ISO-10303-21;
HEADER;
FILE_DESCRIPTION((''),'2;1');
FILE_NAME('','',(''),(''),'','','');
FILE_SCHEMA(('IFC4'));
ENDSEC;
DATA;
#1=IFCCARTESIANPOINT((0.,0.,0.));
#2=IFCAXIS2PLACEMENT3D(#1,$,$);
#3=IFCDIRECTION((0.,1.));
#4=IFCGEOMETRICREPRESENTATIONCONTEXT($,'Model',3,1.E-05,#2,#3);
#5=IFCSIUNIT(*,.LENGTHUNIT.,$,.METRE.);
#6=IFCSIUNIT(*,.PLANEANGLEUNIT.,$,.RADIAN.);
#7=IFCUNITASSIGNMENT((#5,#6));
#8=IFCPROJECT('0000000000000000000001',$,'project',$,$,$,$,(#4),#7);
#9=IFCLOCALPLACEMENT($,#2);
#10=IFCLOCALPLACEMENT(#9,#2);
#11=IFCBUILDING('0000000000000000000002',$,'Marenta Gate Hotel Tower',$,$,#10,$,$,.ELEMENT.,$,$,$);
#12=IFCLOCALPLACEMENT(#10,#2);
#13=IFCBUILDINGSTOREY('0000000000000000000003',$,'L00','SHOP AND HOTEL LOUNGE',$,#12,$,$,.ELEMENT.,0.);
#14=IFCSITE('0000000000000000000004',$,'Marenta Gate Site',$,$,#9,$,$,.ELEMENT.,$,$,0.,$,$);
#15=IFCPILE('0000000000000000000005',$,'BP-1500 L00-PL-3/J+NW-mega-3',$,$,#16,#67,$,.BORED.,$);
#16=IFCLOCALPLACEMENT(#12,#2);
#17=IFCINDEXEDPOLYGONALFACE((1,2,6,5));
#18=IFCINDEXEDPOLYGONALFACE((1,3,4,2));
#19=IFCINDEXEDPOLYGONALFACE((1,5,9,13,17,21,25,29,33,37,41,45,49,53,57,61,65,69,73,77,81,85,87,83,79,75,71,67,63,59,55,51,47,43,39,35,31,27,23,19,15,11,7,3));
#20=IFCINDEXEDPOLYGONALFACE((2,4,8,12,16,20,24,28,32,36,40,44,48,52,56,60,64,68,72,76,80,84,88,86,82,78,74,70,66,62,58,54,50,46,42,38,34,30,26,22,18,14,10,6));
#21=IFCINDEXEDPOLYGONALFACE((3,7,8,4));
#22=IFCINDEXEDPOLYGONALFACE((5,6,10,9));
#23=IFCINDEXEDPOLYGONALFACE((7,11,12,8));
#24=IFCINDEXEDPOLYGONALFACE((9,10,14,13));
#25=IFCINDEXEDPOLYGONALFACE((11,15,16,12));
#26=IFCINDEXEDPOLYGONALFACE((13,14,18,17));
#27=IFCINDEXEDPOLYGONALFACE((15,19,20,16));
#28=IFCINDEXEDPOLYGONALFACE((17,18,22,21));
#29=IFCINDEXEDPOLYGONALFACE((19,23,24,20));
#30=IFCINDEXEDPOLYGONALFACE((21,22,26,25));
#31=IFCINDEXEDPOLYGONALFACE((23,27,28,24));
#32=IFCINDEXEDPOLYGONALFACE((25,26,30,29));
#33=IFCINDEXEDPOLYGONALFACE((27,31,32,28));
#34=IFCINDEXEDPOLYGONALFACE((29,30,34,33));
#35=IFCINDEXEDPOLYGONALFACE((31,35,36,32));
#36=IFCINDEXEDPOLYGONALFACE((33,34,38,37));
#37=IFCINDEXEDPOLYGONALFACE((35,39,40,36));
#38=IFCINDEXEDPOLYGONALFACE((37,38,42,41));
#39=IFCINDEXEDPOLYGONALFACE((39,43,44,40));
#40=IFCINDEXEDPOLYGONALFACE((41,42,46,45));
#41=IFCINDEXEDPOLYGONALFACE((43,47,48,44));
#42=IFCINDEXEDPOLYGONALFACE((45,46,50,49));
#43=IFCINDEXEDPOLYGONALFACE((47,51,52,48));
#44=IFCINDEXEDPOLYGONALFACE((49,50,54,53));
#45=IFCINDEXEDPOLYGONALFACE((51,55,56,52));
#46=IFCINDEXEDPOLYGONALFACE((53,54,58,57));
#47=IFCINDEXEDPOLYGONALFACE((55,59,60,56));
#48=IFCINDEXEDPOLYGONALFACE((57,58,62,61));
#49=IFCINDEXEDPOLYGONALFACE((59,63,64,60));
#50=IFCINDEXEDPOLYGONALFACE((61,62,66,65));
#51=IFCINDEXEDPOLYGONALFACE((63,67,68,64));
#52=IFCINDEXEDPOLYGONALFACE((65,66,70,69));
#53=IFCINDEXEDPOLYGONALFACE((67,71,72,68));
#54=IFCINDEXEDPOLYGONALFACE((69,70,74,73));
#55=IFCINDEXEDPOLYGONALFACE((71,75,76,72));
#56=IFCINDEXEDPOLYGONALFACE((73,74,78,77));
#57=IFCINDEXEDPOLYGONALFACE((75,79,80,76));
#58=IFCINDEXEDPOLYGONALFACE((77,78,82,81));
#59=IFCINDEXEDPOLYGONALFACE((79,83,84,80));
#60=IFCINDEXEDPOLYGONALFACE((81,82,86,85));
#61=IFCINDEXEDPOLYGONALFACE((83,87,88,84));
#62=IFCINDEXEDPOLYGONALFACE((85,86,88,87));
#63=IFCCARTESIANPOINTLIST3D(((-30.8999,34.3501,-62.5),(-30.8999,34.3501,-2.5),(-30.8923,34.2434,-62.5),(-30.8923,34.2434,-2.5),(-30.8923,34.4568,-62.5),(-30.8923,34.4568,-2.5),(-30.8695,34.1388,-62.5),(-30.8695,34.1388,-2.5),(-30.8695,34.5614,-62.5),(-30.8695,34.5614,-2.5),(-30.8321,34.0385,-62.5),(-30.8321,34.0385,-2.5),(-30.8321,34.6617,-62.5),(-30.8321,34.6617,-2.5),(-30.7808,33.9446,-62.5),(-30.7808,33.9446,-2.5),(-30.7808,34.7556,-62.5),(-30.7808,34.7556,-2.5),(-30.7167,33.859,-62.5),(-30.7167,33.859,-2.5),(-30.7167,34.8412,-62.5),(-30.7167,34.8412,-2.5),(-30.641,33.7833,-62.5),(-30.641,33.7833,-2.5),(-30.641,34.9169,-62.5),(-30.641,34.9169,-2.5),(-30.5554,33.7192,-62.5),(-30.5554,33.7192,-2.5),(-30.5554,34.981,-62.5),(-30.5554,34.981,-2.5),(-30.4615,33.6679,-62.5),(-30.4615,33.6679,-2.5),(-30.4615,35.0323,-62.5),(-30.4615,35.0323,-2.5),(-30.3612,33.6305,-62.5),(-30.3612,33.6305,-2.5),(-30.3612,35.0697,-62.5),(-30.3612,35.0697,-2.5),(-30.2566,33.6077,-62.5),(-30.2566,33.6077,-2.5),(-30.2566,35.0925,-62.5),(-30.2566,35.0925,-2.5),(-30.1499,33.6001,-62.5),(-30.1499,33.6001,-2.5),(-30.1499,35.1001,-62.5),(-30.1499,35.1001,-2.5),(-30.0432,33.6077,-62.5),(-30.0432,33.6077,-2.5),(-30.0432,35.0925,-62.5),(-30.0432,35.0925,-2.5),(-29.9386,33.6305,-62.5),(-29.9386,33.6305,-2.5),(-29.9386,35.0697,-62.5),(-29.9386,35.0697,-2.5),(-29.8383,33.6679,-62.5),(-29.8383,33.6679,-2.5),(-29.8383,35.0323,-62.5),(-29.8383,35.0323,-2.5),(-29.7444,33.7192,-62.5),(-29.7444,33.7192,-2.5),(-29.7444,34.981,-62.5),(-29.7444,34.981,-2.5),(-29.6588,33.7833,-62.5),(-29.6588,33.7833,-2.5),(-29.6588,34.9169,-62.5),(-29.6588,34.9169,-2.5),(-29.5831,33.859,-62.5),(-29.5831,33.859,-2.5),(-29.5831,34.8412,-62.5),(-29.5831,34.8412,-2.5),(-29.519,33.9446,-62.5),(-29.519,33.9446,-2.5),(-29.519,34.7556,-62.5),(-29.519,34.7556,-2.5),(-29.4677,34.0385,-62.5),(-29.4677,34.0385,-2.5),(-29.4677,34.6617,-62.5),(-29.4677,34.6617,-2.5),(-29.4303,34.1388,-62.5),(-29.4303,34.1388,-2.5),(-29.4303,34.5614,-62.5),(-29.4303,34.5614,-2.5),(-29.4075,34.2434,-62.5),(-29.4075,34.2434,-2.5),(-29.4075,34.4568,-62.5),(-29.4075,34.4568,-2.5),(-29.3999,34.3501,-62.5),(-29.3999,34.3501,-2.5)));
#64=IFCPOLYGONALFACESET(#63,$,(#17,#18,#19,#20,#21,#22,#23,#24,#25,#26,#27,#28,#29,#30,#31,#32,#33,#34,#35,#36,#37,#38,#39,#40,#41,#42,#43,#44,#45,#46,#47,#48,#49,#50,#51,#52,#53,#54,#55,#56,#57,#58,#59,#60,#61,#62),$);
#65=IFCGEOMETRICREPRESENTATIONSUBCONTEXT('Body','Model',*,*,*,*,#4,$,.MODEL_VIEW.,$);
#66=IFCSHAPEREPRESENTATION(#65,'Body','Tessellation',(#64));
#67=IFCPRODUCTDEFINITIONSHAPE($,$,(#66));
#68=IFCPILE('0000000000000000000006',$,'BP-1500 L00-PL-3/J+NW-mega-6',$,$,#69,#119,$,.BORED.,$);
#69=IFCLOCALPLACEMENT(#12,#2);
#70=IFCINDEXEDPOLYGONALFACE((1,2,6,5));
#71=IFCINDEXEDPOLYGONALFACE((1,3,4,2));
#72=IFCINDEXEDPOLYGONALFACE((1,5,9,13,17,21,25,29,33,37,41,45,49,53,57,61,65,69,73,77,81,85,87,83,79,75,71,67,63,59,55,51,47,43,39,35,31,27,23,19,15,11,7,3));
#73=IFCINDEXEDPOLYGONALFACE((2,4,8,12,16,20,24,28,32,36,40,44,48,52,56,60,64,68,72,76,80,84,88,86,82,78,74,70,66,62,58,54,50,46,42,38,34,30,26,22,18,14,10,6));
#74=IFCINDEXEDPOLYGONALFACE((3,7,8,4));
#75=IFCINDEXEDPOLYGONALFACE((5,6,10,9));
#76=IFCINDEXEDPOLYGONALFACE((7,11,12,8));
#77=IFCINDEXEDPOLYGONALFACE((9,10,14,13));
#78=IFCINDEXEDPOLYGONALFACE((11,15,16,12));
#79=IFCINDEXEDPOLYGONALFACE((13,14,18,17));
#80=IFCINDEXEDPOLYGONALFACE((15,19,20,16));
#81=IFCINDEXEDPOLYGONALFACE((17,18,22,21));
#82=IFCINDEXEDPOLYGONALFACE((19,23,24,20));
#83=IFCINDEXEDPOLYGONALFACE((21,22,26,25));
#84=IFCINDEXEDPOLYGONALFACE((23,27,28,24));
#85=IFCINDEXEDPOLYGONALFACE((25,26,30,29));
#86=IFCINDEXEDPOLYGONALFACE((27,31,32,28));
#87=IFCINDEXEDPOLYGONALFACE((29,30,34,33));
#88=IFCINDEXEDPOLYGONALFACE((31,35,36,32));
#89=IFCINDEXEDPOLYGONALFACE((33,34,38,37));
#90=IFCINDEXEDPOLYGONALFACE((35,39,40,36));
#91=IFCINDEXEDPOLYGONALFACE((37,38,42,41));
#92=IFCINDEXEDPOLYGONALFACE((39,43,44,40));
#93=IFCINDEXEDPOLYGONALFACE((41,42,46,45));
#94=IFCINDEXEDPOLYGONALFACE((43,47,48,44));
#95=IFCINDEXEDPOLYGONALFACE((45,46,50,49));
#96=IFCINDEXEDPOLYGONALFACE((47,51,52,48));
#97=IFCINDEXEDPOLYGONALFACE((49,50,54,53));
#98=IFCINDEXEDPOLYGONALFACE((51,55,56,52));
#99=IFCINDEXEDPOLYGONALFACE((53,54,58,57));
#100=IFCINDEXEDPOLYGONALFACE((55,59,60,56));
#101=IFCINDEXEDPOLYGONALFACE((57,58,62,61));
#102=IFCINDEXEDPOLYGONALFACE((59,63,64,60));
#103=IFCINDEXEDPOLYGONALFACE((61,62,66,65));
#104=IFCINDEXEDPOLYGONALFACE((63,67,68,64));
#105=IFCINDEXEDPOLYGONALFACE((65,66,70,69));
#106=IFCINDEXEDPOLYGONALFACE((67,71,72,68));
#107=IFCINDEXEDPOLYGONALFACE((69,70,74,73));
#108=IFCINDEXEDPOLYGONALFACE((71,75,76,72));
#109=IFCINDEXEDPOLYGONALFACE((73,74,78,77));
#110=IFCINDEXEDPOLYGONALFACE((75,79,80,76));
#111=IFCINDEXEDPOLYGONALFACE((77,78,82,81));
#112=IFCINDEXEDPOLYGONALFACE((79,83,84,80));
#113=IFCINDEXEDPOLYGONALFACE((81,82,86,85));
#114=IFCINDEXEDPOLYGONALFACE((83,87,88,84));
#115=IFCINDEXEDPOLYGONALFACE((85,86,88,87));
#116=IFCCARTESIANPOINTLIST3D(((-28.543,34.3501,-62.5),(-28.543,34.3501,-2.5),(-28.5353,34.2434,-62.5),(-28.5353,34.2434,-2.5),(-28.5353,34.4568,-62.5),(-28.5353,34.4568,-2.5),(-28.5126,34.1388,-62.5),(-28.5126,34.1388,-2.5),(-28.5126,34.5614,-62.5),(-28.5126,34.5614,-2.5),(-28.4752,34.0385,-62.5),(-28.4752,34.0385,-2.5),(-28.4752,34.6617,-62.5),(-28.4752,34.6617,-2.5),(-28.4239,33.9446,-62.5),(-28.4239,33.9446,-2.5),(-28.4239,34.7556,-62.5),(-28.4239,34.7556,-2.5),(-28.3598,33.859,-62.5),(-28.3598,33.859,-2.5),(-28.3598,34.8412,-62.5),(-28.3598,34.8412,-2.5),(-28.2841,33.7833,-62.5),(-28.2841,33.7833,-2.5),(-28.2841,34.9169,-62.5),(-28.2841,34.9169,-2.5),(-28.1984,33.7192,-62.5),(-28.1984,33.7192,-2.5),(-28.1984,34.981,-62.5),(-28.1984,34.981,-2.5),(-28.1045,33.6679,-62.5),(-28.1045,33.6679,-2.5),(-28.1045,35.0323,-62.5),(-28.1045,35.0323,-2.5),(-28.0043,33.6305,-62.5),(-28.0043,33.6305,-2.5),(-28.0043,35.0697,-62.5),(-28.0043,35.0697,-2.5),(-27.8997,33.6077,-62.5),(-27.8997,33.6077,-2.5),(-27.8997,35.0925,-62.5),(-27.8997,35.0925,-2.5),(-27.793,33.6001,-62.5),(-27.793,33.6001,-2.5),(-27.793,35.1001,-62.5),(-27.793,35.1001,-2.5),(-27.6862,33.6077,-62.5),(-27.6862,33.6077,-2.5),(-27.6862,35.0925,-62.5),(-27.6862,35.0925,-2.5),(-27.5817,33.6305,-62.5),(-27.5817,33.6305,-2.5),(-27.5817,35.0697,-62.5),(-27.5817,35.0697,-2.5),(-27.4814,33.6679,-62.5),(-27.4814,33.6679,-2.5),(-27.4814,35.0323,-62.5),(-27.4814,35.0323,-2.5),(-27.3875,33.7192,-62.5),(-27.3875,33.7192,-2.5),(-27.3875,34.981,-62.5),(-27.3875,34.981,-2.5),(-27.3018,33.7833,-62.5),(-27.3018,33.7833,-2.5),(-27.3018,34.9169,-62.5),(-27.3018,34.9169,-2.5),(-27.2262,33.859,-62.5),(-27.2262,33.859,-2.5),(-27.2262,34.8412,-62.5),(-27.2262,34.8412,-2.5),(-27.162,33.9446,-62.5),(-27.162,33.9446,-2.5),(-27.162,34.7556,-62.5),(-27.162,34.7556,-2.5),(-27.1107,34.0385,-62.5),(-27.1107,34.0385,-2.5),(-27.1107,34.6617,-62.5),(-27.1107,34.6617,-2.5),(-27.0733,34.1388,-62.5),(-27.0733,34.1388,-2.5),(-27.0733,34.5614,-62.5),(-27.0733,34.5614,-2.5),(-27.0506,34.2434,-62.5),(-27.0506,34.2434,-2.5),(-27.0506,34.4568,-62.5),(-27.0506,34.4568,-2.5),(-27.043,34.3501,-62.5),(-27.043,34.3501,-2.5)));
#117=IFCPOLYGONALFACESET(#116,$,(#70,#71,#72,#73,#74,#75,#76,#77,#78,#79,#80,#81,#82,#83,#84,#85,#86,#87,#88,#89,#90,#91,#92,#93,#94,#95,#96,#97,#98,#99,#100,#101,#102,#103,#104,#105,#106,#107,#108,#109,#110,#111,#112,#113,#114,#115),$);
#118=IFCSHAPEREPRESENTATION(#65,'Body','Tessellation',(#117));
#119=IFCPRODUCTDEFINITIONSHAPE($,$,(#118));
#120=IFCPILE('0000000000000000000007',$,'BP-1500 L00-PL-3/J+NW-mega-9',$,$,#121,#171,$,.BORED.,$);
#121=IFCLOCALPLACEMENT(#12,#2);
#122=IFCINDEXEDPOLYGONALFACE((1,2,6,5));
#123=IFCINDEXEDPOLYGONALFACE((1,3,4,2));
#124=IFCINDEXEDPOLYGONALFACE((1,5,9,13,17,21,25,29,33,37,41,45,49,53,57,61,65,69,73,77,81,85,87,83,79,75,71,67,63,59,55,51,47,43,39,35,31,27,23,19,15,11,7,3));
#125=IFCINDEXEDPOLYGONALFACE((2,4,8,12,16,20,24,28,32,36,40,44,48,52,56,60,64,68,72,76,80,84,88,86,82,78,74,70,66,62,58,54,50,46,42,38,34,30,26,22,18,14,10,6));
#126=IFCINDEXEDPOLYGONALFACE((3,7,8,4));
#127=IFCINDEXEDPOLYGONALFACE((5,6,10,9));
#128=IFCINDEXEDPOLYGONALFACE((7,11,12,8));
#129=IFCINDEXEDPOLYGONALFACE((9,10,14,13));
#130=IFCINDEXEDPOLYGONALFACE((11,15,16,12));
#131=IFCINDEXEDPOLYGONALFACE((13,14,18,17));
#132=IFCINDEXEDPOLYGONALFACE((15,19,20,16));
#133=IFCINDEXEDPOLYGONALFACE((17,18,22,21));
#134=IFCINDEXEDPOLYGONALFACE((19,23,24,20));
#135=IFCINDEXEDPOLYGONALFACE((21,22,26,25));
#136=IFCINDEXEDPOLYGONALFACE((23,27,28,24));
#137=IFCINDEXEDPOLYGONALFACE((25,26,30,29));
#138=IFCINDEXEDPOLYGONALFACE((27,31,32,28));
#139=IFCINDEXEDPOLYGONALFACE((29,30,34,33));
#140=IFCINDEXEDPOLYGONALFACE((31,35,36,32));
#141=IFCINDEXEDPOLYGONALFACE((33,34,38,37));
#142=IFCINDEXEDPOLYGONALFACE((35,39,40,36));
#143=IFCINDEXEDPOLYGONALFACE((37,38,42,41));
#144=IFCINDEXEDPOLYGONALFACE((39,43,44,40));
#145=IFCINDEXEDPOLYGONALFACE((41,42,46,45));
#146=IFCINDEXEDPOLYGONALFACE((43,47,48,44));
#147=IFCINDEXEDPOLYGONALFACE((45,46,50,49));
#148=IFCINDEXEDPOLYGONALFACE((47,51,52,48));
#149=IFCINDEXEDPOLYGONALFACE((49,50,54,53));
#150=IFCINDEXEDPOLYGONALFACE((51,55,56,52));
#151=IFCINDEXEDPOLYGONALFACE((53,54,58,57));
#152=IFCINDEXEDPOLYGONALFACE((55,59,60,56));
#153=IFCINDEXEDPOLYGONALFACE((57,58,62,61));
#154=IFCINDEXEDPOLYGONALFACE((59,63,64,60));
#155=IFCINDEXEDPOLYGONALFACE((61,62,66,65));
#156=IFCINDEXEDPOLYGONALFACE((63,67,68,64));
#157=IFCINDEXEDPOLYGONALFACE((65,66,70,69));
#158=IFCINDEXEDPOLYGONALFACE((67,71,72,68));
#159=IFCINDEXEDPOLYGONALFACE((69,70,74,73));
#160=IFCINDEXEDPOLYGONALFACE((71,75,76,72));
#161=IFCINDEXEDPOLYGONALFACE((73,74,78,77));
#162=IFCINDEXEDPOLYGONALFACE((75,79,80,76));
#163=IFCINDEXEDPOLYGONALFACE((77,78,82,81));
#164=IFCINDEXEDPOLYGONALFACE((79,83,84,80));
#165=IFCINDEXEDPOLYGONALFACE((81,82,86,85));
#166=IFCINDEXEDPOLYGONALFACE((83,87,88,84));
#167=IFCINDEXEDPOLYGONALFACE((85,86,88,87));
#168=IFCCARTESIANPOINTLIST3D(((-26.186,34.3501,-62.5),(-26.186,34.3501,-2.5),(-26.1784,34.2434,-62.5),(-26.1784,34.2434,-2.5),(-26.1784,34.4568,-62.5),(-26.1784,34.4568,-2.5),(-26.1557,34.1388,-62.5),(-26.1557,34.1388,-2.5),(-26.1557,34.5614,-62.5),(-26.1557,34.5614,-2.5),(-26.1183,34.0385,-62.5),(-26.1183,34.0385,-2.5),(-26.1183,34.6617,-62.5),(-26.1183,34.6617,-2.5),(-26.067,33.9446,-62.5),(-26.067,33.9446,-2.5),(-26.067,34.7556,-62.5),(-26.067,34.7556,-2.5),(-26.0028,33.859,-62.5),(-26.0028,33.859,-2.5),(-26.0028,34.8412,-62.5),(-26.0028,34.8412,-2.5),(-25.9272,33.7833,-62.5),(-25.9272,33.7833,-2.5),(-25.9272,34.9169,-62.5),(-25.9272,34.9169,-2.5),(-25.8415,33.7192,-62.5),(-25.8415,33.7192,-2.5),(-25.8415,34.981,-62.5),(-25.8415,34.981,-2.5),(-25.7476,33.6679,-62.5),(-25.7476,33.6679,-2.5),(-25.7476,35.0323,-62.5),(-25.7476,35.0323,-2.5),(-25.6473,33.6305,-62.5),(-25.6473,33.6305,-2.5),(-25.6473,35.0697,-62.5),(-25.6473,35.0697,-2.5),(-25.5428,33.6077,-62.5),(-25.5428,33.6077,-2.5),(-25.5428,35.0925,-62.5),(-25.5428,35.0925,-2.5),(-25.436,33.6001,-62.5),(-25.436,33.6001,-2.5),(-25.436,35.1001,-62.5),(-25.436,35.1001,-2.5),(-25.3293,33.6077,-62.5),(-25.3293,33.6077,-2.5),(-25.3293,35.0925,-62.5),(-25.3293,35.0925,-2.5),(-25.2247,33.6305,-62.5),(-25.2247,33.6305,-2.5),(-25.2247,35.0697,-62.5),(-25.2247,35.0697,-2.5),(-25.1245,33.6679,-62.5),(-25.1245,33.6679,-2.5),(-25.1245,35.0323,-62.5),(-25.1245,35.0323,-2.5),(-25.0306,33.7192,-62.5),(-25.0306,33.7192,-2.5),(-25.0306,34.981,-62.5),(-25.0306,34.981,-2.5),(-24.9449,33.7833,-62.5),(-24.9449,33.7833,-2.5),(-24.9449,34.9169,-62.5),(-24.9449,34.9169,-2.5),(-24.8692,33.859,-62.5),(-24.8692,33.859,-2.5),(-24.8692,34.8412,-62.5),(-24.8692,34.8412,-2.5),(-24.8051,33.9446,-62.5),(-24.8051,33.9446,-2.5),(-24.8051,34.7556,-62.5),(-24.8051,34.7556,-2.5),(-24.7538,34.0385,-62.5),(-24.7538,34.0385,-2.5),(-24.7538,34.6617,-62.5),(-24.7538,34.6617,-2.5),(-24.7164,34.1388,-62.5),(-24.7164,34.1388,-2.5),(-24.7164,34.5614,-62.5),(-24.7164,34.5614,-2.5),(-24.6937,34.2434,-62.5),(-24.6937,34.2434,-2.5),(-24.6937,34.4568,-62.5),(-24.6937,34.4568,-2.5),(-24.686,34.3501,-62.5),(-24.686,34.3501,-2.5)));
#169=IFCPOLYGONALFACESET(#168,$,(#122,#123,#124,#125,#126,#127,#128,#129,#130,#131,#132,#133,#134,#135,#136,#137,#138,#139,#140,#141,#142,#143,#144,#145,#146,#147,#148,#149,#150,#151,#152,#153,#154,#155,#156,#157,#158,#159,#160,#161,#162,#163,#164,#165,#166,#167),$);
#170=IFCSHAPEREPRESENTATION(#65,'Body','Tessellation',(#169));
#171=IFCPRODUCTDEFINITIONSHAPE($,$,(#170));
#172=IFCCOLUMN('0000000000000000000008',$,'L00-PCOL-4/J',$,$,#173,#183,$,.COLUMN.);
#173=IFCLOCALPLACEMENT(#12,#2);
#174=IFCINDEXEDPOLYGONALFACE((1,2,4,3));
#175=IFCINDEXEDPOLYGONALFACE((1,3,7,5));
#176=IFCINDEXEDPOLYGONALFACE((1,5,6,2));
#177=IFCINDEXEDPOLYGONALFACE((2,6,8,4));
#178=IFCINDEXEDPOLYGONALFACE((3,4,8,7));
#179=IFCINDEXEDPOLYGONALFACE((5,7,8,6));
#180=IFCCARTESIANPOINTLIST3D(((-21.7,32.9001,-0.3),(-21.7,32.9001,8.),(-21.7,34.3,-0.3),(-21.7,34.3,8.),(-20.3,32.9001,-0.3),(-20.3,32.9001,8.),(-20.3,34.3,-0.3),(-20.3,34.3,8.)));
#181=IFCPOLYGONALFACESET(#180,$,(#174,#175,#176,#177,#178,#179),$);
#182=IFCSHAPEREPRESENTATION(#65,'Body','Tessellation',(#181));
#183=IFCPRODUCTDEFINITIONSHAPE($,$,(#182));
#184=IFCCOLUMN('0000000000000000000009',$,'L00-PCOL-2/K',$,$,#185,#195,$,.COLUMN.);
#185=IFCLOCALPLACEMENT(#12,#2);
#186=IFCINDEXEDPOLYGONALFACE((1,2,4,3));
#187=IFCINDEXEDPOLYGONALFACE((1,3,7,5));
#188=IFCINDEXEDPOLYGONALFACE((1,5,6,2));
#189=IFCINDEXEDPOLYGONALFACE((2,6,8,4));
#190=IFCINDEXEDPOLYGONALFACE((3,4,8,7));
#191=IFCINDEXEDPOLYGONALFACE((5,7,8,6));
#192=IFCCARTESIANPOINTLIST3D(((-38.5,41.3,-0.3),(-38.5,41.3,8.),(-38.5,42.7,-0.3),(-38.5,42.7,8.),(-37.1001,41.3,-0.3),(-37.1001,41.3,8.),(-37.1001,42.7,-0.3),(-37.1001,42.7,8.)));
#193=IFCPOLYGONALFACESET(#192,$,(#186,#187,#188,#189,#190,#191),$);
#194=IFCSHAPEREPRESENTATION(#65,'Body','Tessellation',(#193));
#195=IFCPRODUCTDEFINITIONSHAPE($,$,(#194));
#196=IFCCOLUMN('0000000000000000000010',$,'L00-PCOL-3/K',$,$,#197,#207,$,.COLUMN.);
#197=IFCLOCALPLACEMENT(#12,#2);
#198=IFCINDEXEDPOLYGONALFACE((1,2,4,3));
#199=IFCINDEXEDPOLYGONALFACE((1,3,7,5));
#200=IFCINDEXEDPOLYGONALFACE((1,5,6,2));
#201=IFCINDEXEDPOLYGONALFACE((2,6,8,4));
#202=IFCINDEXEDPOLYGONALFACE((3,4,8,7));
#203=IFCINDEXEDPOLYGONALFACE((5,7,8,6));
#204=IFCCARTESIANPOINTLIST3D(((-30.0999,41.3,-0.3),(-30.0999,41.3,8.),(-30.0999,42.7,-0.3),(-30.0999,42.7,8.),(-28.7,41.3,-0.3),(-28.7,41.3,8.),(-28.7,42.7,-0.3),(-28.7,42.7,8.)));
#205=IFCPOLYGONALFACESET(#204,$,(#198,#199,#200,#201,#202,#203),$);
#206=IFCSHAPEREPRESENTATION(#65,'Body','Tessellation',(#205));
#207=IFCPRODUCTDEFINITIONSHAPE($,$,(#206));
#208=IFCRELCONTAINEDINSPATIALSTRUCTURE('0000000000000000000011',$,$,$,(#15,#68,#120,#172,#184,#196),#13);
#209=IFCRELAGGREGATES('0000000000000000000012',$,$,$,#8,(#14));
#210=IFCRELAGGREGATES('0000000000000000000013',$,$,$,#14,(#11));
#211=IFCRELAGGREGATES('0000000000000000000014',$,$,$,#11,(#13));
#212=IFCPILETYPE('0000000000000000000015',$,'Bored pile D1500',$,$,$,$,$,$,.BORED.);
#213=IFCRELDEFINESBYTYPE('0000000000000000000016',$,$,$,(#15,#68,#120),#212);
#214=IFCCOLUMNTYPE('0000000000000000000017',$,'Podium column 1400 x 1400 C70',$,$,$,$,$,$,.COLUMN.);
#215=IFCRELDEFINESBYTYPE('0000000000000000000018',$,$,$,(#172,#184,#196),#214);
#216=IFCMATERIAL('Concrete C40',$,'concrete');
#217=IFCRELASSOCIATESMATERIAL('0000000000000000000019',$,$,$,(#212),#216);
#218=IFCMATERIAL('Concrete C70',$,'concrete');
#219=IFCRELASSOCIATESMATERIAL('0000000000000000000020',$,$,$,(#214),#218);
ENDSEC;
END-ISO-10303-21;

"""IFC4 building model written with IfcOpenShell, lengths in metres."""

from ifc_helpers import new_model, si_unit, direction, frame, origin, origin_2d, place, context, subcontext, project, spatial, rectangle, circle, extrude, material, material_profile, profile_set, type_object, element, save


model = new_model("IFC4")

# Units and contexts
model_context = context("Model", 3, precision=1e-05, world=origin(), true_north=direction((0.0, 1.0)))
body_context = subcontext(model_context, "Body", "Model", "MODEL_VIEW")
ifc_project = project(units=[si_unit("LENGTHUNIT", "METRE"), si_unit("PLANEANGLEUNIT", "RADIAN")], contexts=[model_context])

# Site, building, storey
site_placement = place(None, origin())
site = spatial("IfcSite", under=ifc_project, at=site_placement, Name="Marenta Gate Site", CompositionType="ELEMENT", RefElevation=0.0)
building_placement = place(site_placement, origin())
building = spatial("IfcBuilding", under=site, at=building_placement, Name="Marenta Gate Hotel Tower", CompositionType="ELEMENT")
storey_placement = place(building_placement, origin())
storey = spatial("IfcBuildingStorey", under=building, at=storey_placement, Name="L00", Description="SHOP AND HOTEL LOUNGE", CompositionType="ELEMENT", Elevation=0.0)

# Piles
ifc_material_1 = material(Name="Concrete C40", Category="concrete")
pile_type = type_object("IfcPileType", Name="Bored pile D1500", PredefinedType="BORED", material=ifc_material_1)
for number, where, z_axis, x_axis, name in (
    (1, (-30.1499, 34.3501, -2.5), (0.0, 0.0, -1.0), (1.0, 0.0, 0.0), "BP-1500 L00-PL-3/J+NW-mega-3"),
    (2, (-27.793, 34.3501, -2.5), (0.0, 0.0, -1.0), (1.0, 0.0, 0.0), "BP-1500 L00-PL-3/J+NW-mega-6"),
    (3, (-25.436, 34.3501, -2.5), (0.0, 0.0, -1.0), (1.0, 0.0, 0.0), "BP-1500 L00-PL-3/J+NW-mega-9"),
):
    element("IfcPile", number, at=place(storey_placement, frame(where, z_axis=z_axis, x_axis=x_axis)), inside=storey, type_object=pile_type, Name=name, PredefinedType="BORED", context=body_context, shape_type="SweptSolid", body=[
        extrude(circle(Radius=0.75, at=origin_2d()), origin(), (0.0, 0.0, 1.0), 60.0),
    ])

# Columns
ifc_material_2 = material(Name="Concrete C70", Category="concrete")
ifc_material_profile_1 = material_profile(ifc_material_2, rectangle(XDim=1.3999, YDim=1.3999, at=origin_2d()), Name="1400 x 1400")
ifc_profile_set_1 = profile_set([ifc_material_profile_1], Name="Concrete C70")
column_type = type_object("IfcColumnType", Name="Podium column 1400 x 1400 C70", PredefinedType="COLUMN", material=ifc_profile_set_1)
for number, where, z_axis, x_axis, name in (
    (4, (-21.0, 33.6001, -0.3), (0.0, 0.0, 1.0), (1.0, 0.0, 0.0), "L00-PCOL-4/J"),
    (5, (-37.8, 42.0, -0.3), (0.0, 0.0, 1.0), (1.0, 0.0, 0.0), "L00-PCOL-2/K"),
    (6, (-29.3999, 42.0, -0.3), (0.0, 0.0, 1.0), (1.0, 0.0, 0.0), "L00-PCOL-3/K"),
):
    element("IfcColumn", number, at=place(storey_placement, frame(where, z_axis=z_axis, x_axis=x_axis)), inside=storey, type_object=column_type, Name=name, PredefinedType="COLUMN", context=body_context, shape_type="SweptSolid", body=[
        extrude(rectangle(XDim=1.3999, YDim=1.3999, at=origin_2d()), origin(), (0.0, 0.0, 1.0), 8.3),
    ])

save(model, "model.ifc")
